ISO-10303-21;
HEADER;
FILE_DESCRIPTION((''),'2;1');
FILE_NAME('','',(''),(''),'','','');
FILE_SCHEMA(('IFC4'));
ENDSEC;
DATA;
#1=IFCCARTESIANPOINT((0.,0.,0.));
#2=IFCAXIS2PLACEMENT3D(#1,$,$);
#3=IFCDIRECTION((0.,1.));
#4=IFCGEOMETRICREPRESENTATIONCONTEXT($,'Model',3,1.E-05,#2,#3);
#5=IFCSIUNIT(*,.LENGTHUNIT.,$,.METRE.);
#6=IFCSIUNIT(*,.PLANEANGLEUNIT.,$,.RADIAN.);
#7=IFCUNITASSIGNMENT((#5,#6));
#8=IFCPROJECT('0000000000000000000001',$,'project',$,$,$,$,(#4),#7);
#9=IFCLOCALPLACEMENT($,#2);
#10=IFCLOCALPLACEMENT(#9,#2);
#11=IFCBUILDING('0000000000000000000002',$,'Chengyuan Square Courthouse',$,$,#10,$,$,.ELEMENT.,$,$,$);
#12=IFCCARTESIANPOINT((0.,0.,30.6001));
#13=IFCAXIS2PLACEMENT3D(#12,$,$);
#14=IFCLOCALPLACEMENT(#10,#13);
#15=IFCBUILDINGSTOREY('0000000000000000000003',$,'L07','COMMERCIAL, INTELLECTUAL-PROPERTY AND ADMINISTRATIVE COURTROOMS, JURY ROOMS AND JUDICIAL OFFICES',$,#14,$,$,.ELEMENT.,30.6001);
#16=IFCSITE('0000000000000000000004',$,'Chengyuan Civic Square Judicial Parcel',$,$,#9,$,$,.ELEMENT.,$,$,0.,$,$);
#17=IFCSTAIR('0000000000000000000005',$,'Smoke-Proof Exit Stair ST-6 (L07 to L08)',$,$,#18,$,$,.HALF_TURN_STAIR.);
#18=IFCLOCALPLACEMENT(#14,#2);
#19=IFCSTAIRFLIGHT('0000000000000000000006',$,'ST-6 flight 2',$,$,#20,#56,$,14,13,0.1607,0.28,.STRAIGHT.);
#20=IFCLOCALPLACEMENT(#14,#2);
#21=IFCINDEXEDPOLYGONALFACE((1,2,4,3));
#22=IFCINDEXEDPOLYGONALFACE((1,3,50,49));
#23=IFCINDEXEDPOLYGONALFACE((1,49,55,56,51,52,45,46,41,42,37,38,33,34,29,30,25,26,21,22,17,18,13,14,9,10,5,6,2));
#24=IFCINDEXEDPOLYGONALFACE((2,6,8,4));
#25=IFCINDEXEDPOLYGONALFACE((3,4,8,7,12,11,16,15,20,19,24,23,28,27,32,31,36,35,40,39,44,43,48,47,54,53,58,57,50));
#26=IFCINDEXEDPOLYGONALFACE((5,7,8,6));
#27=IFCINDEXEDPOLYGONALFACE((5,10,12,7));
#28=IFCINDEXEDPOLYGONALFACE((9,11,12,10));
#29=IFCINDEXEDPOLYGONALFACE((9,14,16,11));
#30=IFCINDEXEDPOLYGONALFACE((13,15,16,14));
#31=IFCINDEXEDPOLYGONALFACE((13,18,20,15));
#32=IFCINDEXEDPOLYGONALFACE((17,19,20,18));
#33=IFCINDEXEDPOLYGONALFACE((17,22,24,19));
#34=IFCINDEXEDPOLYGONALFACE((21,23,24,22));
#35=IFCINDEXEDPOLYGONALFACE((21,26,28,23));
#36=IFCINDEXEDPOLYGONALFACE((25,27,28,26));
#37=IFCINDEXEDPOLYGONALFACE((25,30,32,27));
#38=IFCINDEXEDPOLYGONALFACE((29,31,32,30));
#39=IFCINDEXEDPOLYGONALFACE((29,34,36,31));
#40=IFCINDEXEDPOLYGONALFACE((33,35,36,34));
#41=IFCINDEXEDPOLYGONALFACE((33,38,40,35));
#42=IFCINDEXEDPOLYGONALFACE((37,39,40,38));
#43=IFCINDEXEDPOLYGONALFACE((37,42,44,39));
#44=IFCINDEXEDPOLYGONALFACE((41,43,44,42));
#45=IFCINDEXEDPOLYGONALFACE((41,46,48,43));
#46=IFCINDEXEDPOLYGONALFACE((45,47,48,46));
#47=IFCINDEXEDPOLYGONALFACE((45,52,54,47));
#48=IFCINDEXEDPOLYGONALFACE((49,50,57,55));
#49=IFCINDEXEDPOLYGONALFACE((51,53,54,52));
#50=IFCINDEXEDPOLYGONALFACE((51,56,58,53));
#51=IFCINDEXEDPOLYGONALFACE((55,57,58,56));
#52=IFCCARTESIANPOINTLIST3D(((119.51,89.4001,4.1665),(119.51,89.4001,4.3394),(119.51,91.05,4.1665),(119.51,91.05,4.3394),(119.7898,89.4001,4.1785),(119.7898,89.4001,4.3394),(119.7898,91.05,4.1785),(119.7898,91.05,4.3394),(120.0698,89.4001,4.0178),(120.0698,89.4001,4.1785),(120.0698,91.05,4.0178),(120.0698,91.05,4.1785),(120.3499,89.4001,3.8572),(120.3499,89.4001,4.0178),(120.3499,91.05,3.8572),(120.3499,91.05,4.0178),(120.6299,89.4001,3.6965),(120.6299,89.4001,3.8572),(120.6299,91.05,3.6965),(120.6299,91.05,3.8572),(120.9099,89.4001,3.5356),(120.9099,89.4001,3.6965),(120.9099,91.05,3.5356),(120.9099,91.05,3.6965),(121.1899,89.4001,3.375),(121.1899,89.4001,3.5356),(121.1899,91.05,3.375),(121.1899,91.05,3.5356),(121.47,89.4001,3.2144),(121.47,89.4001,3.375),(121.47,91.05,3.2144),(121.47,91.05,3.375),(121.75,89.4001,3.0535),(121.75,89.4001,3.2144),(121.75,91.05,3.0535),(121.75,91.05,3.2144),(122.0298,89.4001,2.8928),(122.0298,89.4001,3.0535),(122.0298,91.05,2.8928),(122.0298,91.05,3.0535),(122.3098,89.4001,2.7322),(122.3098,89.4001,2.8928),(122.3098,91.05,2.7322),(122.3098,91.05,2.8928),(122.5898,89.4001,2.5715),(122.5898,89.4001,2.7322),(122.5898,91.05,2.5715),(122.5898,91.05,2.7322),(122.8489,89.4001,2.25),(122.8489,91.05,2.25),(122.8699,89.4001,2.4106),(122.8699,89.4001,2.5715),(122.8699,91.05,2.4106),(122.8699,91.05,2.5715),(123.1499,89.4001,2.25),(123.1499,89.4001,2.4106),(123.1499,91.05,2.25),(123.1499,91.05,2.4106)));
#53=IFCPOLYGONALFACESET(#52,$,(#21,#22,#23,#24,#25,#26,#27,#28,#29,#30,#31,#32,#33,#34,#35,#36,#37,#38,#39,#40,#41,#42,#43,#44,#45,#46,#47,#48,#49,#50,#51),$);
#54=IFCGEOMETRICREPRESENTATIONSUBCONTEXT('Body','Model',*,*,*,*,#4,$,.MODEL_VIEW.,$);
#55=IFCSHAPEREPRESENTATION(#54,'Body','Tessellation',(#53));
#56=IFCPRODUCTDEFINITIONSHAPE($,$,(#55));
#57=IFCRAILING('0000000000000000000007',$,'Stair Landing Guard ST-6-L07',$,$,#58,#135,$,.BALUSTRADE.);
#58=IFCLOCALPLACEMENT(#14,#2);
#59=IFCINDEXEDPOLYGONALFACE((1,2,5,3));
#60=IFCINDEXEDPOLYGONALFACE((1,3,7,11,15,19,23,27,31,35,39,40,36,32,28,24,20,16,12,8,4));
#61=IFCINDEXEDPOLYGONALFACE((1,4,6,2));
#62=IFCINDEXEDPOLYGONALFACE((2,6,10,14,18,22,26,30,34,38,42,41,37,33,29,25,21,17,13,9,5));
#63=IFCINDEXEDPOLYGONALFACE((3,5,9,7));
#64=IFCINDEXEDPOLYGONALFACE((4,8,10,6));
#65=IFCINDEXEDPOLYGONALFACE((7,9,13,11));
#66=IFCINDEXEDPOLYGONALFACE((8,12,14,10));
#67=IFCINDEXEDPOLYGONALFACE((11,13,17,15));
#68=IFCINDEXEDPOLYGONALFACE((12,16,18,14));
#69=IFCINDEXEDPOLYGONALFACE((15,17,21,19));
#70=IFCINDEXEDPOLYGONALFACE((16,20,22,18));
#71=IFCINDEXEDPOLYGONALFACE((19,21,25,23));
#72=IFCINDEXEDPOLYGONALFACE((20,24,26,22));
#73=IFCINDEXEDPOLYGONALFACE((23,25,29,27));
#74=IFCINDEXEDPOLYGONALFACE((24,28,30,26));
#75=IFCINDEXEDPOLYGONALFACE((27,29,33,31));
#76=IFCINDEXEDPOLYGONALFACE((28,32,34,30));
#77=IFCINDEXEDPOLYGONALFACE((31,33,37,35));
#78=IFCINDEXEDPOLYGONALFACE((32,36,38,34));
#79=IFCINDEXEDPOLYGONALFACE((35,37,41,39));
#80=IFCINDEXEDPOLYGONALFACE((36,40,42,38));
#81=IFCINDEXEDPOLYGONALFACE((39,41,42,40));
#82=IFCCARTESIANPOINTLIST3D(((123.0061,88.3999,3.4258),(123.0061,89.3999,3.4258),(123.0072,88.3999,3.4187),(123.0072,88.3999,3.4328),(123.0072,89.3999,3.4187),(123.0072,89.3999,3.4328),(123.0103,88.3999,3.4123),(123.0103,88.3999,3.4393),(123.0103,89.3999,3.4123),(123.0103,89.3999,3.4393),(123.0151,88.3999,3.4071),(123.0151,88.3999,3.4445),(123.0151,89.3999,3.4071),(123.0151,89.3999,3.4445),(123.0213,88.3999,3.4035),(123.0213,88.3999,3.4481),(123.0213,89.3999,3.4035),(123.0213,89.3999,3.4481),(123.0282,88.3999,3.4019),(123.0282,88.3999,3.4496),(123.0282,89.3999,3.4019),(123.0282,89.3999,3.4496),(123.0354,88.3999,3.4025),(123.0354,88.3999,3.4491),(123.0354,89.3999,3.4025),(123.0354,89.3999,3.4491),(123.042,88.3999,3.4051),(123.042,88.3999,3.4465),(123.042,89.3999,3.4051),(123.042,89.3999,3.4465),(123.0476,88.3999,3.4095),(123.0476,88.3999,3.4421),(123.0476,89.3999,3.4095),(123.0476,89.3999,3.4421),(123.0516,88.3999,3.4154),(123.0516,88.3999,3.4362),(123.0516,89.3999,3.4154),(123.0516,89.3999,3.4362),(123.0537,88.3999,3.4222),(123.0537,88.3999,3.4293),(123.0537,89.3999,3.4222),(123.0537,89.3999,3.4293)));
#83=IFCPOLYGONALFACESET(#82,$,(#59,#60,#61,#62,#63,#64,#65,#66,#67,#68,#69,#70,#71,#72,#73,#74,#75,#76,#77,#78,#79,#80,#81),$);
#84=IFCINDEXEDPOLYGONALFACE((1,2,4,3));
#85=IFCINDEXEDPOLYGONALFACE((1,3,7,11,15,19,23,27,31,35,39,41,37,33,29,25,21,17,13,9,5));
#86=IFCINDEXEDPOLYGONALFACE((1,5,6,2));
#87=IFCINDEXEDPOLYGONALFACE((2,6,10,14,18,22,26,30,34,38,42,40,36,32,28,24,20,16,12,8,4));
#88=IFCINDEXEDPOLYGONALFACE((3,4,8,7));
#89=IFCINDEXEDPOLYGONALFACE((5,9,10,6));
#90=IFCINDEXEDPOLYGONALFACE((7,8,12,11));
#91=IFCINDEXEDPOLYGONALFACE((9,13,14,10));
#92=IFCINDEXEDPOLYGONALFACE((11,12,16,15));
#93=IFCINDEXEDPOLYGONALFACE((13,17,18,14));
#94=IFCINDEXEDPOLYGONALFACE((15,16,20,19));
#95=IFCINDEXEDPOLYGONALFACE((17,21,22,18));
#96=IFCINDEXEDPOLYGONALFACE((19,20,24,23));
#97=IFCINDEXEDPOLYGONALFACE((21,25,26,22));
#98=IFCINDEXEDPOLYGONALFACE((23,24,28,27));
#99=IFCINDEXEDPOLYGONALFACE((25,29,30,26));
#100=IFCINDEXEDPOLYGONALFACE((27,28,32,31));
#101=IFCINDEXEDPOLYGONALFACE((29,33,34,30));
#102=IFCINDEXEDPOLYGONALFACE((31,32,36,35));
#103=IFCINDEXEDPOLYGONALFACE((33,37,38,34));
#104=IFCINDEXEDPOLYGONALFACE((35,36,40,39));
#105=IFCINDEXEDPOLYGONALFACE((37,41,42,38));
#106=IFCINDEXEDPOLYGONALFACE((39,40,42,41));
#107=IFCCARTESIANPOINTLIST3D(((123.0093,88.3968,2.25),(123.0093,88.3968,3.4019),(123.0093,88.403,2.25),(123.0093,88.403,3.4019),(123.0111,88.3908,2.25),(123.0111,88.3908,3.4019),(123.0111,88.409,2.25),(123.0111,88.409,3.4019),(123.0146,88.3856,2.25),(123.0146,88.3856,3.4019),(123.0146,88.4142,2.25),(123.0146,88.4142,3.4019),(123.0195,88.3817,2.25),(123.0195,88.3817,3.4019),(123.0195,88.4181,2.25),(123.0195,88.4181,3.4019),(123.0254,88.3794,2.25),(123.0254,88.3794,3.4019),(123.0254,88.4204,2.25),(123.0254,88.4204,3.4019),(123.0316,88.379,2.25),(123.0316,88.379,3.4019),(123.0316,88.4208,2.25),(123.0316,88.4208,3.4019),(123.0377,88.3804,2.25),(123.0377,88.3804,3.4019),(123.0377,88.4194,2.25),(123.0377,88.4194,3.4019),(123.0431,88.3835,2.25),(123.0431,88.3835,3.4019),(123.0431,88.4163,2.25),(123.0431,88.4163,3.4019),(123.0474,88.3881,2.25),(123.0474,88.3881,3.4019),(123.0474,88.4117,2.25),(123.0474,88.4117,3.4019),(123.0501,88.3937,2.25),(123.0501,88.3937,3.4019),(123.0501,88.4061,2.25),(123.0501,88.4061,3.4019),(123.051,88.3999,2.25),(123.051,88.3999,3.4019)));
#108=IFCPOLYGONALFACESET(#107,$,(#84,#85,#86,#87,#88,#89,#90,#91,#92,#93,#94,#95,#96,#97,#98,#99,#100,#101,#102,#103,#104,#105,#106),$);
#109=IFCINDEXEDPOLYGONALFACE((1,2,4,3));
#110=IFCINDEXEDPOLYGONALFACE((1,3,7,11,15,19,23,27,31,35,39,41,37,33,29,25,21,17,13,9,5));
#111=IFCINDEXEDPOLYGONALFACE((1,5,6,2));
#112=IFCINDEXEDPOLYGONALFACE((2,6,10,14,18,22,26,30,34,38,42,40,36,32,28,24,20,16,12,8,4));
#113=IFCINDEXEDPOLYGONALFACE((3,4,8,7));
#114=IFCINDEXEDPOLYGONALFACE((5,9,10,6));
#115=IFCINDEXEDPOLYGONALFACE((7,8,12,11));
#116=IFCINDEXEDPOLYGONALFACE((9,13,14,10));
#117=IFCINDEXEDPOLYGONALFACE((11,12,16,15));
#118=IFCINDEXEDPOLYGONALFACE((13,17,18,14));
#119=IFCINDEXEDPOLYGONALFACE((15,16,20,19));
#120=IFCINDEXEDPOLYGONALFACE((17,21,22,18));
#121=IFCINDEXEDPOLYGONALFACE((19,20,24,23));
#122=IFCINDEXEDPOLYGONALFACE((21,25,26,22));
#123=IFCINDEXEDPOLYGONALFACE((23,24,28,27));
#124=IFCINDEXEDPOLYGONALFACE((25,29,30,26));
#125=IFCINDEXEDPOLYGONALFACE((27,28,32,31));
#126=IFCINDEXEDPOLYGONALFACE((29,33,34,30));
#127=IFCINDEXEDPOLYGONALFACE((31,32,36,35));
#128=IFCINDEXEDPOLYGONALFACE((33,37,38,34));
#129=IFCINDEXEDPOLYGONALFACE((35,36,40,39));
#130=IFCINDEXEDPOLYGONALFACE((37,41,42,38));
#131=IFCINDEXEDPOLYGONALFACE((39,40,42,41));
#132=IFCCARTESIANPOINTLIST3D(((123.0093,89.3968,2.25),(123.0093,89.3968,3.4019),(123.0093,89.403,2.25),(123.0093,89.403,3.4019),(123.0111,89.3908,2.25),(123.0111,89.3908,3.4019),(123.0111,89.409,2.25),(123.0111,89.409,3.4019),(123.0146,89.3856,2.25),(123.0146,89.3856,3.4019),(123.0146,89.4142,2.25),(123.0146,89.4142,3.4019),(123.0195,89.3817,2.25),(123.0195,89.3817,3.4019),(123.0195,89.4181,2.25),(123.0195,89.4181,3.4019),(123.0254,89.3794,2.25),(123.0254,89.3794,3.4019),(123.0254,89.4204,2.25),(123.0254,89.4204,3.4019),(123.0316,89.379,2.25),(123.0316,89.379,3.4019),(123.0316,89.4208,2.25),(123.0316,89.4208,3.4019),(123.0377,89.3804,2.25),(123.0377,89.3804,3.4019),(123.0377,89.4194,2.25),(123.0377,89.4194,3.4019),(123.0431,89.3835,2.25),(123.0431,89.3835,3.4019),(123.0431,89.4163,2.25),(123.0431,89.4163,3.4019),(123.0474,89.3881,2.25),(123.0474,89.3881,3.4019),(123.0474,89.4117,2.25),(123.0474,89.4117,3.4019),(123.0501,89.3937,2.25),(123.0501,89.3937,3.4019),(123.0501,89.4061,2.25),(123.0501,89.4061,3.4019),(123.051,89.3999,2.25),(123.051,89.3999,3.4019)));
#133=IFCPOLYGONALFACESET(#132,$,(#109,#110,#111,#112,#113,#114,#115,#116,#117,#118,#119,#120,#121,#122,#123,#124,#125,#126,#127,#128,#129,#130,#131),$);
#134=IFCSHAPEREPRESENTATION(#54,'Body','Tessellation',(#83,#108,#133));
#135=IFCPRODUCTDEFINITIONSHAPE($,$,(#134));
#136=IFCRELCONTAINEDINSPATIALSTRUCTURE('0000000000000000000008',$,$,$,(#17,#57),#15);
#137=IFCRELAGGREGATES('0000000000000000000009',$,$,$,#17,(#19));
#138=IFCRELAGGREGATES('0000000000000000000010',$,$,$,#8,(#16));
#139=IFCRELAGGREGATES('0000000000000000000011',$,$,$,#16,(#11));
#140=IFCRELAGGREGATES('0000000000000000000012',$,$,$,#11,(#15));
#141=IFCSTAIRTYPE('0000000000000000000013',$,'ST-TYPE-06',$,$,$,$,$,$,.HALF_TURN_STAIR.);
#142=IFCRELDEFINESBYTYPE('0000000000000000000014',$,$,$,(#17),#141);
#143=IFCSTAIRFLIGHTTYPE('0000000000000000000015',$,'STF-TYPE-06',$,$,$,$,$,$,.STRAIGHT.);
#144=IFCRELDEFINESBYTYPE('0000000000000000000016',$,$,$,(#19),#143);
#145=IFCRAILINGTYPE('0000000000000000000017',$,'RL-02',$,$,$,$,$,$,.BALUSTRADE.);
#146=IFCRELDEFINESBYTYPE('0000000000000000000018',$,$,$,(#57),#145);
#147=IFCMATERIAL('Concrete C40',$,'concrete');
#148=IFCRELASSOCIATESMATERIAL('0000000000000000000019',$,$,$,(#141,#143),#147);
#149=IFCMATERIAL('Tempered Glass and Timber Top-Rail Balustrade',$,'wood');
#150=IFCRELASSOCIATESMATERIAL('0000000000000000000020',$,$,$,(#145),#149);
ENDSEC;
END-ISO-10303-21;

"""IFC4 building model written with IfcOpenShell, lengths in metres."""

from ifc_helpers import new_model, si_unit, direction, frame, origin, origin_2d, place, context, subcontext, project, spatial, polyline, circle, outline, extrude, material, type_object, element, aggregate, save


model = new_model("IFC4")

# Units and contexts
model_context = context("Model", 3, precision=1e-05, world=origin(), true_north=direction((0.0, 1.0)))
body_context = subcontext(model_context, "Body", "Model", "MODEL_VIEW")
ifc_project = project(units=[si_unit("LENGTHUNIT", "METRE"), si_unit("PLANEANGLEUNIT", "RADIAN")], contexts=[model_context])

# Site, building, storey
site_placement = place(None, origin())
site = spatial("IfcSite", under=ifc_project, at=site_placement, Name="Chengyuan Civic Square Judicial Parcel", CompositionType="ELEMENT", RefElevation=0.0)
building_placement = place(site_placement, origin())
building = spatial("IfcBuilding", under=site, at=building_placement, Name="Chengyuan Square Courthouse", CompositionType="ELEMENT")
storey_placement = place(building_placement, frame((0.0, 0.0, 30.6001)))
storey = spatial("IfcBuildingStorey", under=building, at=storey_placement, Name="L07", Description="COMMERCIAL, INTELLECTUAL-PROPERTY AND ADMINISTRATIVE COURTROOMS, JURY ROOMS AND JUDICIAL OFFICES", CompositionType="ELEMENT", Elevation=30.6001)

# Shared definitions
ifc_material_1 = material(Name="Concrete C40", Category="concrete")

# Stair, stair flight
stair_type = type_object("IfcStairType", Name="ST-TYPE-06", PredefinedType="HALF_TURN_STAIR", material=ifc_material_1)
stair_placement = place(storey_placement, origin())
stair = element("IfcStair", 1, at=stair_placement, inside=storey, type_object=stair_type, Name="Smoke-Proof Exit Stair ST-6 (L07 to L08)", PredefinedType="HALF_TURN_STAIR")
stair_flight_type = type_object("IfcStairFlightType", Name="STF-TYPE-06", PredefinedType="STRAIGHT", material=ifc_material_1)
stair_flight_placement = place(storey_placement, frame((123.1499, 90.2251, 2.25), z_axis=(0.0, 0.0, 1.0), x_axis=(-1.0, 0.0, 0.0)))
stair_flight = element("IfcStairFlight", 2, at=stair_flight_placement, type_object=stair_flight_type, Name="ST-6 flight 2", NumberOfRisers=14, NumberOfTreads=13, PredefinedType="STRAIGHT", RiserHeight=0.1607, TreadLength=0.28, context=body_context, shape_type="SweptSolid", body=[
    extrude(outline(polyline([(0.0, 0.0), (0.0, 0.1606), (0.28, 0.1606), (0.28, 0.3215), (0.5601, 0.3215), (0.5601, 0.4822), (0.8401, 0.4822), (0.8401, 0.6428), (1.1201, 0.6428), (1.1201, 0.8035), (1.3999, 0.8035), (1.3999, 0.9644), (1.6799, 0.9644), (1.6799, 1.125), (1.96, 1.125), (1.96, 1.2856), (2.24, 1.2856), (2.24, 1.4465), (2.52, 1.4465), (2.52, 1.6072), (2.8, 1.6072), (2.8, 1.7678), (3.0801, 1.7678), (3.0801, 1.9285), (3.3601, 1.9285), (3.3601, 2.0894), (3.6399, 2.0894), (3.6399, 2.25), (3.6399, 1.9165), (0.301, 0.0), (0.0, 0.0)])), frame((0.0, 0.825, 0.0), z_axis=(0.0, -1.0, 0.0), x_axis=(1.0, 0.0, 0.0)), (0.0, 0.0, 1.0), 1.6499),
])
aggregate(stair, [stair_flight])

# Railing
ifc_material_2 = material(Name="Tempered Glass and Timber Top-Rail Balustrade", Category="wood")
railing_type_1 = type_object("IfcRailingType", Name="RL-02", PredefinedType="BALUSTRADE", material=ifc_material_2)
railing_1_placement = place(storey_placement, frame((123.03, 88.3999, 2.25)))
element("IfcRailing", 3, at=railing_1_placement, inside=storey, type_object=railing_type_1, Name="Stair Landing Guard ST-6-L07", PredefinedType="BALUSTRADE", context=body_context, shape_type="SweptSolid", body=[
    extrude(circle(Radius=0.0239, at=origin_2d()), frame((0.0, 0.0, 1.1758), z_axis=(0.0, 1.0, 0.0), x_axis=(-1.0, 0.0, 0.0)), (0.0, 0.0, 1.0), 1.0),
    extrude(circle(Radius=0.021, at=origin_2d()), origin(), (0.0, 0.0, 1.0), 1.1519),
    extrude(circle(Radius=0.021, at=origin_2d()), frame((0.0, 1.0, 0.0)), (0.0, 0.0, 1.0), 1.1519),
])

save(model, "model.ifc")
